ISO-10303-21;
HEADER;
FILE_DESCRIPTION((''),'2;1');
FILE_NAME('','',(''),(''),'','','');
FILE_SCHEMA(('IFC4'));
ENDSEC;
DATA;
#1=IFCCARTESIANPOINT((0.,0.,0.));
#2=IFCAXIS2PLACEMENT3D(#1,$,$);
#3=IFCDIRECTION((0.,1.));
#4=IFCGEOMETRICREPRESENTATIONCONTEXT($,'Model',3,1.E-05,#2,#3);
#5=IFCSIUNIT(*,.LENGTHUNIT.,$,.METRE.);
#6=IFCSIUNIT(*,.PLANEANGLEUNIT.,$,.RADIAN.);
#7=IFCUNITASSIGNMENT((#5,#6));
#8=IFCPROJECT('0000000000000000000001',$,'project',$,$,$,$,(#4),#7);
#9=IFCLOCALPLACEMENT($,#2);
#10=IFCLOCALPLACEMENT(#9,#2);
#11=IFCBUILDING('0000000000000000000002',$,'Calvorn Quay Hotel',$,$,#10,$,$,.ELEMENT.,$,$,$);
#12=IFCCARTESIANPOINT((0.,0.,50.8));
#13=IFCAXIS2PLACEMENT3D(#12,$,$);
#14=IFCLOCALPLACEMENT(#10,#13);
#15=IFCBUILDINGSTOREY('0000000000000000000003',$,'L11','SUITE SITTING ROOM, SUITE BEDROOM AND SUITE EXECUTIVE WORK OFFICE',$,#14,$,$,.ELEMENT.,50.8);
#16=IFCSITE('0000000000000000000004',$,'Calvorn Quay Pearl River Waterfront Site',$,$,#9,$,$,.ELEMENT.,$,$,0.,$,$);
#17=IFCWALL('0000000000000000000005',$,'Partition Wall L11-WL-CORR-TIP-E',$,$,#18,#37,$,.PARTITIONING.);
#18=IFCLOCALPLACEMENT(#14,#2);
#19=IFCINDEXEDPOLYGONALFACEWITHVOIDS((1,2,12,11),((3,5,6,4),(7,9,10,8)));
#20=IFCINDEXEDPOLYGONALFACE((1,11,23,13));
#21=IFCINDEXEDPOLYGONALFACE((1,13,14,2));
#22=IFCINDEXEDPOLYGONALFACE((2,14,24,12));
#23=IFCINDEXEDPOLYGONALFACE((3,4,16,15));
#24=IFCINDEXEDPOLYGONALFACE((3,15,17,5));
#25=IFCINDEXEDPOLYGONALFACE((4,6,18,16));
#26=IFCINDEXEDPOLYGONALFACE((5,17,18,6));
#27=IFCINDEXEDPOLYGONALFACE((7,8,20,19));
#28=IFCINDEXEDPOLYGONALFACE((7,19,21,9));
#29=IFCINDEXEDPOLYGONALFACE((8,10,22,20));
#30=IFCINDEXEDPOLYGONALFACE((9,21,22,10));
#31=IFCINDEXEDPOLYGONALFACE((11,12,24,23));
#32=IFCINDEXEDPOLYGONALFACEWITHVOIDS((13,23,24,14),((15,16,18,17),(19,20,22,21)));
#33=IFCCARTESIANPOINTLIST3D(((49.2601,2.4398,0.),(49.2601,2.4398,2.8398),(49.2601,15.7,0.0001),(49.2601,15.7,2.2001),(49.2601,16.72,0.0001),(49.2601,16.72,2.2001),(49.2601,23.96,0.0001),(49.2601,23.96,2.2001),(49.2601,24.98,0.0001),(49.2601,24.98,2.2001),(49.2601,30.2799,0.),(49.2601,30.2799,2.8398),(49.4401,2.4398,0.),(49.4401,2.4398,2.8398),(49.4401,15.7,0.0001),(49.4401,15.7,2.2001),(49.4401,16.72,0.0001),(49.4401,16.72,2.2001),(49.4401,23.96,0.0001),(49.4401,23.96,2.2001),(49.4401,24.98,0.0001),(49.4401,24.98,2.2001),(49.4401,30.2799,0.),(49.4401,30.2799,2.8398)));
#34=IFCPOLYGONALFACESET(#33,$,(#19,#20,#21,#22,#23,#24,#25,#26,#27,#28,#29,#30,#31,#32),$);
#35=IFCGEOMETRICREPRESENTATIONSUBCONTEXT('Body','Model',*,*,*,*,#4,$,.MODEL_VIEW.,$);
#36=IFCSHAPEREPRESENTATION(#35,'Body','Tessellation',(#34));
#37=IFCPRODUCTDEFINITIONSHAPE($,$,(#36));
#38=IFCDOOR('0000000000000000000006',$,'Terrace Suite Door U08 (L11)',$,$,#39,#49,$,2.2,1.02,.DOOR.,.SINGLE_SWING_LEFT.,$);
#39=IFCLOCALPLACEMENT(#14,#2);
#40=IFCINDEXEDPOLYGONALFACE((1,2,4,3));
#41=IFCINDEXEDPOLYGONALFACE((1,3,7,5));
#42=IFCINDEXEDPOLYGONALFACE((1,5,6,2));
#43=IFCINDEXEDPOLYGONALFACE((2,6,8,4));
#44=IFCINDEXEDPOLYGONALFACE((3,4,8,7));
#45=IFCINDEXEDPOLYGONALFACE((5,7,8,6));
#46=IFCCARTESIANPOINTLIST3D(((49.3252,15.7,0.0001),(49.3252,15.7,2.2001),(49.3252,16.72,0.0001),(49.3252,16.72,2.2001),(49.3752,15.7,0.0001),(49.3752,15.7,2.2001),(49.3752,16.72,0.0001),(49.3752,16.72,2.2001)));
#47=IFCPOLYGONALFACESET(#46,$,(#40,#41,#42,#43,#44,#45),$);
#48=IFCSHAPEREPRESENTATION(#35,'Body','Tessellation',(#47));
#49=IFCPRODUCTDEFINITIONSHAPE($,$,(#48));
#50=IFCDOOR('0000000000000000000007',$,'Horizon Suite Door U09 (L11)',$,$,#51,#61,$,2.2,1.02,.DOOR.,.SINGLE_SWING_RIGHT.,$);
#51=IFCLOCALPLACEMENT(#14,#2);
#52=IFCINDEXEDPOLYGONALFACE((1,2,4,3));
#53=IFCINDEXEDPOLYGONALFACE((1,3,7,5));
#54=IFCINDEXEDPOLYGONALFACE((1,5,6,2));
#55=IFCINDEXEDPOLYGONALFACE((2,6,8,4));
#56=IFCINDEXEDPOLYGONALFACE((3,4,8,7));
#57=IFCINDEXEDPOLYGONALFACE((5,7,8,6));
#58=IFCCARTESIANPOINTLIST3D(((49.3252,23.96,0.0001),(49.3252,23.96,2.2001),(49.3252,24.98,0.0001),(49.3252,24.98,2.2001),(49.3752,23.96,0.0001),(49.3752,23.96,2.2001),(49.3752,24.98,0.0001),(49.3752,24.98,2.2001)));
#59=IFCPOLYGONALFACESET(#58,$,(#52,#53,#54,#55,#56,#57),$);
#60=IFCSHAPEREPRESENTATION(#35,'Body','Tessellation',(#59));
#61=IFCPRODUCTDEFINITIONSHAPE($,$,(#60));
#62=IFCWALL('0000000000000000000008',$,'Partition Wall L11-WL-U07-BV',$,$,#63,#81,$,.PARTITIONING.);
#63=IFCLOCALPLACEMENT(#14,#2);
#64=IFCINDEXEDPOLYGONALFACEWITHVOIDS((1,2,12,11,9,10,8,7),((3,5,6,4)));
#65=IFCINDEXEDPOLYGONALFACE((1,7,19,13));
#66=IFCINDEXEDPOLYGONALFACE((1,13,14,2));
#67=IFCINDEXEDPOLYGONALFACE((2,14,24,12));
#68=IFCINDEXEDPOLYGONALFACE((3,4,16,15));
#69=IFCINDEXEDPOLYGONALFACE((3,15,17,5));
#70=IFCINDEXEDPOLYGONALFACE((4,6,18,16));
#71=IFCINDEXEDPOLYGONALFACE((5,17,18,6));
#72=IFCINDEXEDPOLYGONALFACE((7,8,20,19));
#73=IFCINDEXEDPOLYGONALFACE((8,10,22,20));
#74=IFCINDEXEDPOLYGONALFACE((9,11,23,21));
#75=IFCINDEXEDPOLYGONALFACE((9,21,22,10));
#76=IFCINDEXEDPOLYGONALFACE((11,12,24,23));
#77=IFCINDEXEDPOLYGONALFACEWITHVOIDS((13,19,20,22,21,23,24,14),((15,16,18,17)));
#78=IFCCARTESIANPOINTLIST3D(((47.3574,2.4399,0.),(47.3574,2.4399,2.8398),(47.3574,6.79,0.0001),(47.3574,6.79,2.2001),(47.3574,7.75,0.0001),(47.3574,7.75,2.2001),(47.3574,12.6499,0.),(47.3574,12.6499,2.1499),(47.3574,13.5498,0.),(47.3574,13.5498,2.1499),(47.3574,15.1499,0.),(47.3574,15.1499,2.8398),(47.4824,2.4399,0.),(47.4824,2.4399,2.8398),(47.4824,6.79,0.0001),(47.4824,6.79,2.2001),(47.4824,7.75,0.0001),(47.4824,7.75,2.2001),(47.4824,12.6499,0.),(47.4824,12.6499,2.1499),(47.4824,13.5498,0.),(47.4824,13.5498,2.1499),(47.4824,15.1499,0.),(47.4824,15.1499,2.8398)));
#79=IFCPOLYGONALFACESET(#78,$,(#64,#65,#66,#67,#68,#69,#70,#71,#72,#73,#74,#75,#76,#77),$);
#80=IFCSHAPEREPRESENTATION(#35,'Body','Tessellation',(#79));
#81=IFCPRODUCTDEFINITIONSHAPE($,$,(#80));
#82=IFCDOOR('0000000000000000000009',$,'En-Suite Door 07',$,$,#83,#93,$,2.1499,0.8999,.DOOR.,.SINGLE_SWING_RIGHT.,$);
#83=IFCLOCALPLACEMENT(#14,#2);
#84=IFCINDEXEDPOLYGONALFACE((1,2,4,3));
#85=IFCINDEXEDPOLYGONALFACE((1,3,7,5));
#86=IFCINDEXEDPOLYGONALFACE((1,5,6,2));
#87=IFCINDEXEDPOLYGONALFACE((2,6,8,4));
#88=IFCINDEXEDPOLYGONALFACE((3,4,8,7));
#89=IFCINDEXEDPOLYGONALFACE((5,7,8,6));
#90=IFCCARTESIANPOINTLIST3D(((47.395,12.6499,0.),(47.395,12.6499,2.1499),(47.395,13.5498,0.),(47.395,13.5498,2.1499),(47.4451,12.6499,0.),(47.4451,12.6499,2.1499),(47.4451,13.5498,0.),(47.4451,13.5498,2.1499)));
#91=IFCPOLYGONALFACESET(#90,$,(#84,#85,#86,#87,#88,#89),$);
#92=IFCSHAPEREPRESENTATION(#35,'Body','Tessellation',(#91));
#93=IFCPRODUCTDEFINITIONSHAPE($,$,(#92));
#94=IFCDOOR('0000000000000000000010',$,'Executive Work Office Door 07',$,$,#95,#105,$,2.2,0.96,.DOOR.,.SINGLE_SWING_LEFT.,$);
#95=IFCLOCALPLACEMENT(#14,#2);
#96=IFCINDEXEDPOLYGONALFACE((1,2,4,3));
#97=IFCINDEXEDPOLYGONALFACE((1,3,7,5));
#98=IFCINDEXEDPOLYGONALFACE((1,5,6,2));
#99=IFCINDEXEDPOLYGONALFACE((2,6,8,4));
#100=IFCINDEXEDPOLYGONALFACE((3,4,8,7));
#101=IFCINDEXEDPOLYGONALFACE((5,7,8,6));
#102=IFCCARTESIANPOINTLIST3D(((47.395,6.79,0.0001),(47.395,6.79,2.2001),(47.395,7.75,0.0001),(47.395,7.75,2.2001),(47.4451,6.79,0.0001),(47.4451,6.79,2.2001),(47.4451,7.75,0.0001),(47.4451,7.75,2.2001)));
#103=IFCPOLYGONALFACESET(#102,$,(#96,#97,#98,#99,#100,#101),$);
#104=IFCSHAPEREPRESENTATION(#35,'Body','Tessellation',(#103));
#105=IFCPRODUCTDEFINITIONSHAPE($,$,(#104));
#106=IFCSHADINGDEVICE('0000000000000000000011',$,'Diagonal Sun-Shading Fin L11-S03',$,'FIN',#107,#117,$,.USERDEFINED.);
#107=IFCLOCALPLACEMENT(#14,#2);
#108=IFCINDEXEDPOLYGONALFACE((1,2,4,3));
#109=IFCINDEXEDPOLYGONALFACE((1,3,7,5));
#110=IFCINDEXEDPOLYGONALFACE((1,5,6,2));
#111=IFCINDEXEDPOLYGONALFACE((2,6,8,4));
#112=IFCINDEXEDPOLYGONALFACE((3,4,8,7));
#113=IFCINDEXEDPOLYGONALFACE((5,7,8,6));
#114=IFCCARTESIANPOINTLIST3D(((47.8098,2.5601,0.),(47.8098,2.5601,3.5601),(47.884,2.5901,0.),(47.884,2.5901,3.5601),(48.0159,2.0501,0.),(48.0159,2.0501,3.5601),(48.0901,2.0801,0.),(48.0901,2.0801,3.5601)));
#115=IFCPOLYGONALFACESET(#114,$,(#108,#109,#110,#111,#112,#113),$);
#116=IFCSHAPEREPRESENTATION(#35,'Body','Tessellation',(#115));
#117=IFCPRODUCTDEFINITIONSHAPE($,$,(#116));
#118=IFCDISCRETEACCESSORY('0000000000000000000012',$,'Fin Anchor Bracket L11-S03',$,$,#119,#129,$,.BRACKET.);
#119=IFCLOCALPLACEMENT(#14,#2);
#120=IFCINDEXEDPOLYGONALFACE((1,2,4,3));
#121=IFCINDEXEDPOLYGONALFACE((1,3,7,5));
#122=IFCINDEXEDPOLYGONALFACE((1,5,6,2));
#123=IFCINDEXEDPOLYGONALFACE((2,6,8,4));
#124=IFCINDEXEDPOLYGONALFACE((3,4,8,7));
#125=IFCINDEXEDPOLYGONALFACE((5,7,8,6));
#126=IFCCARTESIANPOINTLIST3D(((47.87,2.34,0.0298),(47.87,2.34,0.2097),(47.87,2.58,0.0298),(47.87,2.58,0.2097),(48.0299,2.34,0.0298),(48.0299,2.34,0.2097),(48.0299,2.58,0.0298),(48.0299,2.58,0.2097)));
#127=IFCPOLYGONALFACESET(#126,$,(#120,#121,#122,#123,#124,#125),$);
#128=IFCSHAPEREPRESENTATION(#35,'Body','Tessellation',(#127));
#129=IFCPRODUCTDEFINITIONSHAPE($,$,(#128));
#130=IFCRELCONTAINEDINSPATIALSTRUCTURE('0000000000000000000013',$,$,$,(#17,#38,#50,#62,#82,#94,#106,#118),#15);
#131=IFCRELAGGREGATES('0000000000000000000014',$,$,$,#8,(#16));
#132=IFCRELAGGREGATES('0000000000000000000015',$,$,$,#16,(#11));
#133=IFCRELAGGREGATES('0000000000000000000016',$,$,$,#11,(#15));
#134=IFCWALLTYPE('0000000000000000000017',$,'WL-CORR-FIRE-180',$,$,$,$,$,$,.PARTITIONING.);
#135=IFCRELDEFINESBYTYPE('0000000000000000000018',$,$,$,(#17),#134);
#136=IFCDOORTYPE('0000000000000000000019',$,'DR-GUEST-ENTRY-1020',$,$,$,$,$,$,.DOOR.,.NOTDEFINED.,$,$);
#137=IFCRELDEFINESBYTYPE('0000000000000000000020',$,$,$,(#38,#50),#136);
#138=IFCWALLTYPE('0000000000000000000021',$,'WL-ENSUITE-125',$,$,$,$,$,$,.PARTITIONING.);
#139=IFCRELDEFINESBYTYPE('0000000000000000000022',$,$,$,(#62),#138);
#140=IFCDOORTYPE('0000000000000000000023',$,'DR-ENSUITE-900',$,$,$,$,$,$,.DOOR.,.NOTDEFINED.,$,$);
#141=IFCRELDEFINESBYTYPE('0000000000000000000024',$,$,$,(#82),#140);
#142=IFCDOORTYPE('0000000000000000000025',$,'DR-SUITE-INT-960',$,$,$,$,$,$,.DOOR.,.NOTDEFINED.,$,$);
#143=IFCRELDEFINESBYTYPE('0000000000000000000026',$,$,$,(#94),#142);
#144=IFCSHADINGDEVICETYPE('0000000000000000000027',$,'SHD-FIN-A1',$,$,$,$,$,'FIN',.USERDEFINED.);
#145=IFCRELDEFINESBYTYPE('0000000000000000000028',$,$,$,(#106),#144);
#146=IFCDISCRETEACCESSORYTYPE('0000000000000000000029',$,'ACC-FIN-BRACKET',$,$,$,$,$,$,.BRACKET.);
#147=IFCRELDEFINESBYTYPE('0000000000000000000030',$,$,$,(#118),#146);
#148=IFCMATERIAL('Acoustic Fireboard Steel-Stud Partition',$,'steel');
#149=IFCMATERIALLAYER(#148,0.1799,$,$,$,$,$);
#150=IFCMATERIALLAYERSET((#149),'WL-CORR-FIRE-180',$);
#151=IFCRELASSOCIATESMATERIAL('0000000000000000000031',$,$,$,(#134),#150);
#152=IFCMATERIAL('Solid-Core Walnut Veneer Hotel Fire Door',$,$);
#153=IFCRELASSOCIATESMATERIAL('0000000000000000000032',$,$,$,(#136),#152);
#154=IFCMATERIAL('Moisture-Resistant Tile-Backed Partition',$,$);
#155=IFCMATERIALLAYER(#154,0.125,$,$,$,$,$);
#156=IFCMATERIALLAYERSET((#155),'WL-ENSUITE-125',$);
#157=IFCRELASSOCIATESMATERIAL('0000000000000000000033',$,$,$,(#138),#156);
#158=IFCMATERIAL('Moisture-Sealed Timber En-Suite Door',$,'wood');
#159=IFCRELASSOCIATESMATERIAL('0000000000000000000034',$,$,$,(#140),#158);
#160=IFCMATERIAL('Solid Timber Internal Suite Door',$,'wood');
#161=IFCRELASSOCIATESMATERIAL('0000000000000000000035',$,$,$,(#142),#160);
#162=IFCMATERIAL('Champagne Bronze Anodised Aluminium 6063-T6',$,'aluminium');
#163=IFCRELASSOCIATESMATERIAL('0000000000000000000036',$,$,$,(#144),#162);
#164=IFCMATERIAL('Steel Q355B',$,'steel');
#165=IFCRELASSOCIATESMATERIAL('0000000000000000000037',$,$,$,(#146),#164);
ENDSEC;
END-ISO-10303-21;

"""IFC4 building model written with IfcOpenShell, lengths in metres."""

from ifc_helpers import new_model, si_unit, direction, frame, frame_2d, origin, origin_2d, place, context, subcontext, project, spatial, rectangle, extrude, material, layer, layer_set, type_object, element, fill, save


model = new_model("IFC4")

# Units and contexts
model_context = context("Model", 3, precision=1e-05, world=origin(), true_north=direction((0.0, 1.0)))
body_context = subcontext(model_context, "Body", "Model", "MODEL_VIEW")
ifc_project = project(units=[si_unit("LENGTHUNIT", "METRE"), si_unit("PLANEANGLEUNIT", "RADIAN")], contexts=[model_context])

# Site, building, storey
site_placement = place(None, origin())
site = spatial("IfcSite", under=ifc_project, at=site_placement, Name="Calvorn Quay Pearl River Waterfront Site", CompositionType="ELEMENT", RefElevation=0.0)
building_placement = place(site_placement, origin())
building = spatial("IfcBuilding", under=site, at=building_placement, Name="Calvorn Quay Hotel", CompositionType="ELEMENT")
storey_placement = place(building_placement, frame((0.0, 0.0, 50.8)))
storey = spatial("IfcBuildingStorey", under=building, at=storey_placement, Name="L11", Description="SUITE SITTING ROOM, SUITE BEDROOM AND SUITE EXECUTIVE WORK OFFICE", CompositionType="ELEMENT", Elevation=50.8)

# Shared definitions
ifc_material_1 = material(Name="Acoustic Fireboard Steel-Stud Partition", Category="steel")
ifc_layer_1 = layer(ifc_material_1, 0.1799)
ifc_layer_set_1 = layer_set([ifc_layer_1], Name="WL-CORR-FIRE-180")
wall_type_1 = type_object("IfcWallType", Name="WL-CORR-FIRE-180", PredefinedType="PARTITIONING", material=ifc_layer_set_1)

# Walls, openings, doors
wall_1_placement = place(storey_placement, frame((49.3501, 2.4399, 0.0), z_axis=(0.0, 0.0, 1.0), x_axis=(0.0, 1.0, 0.0)))
wall_1 = element("IfcWall", 1, at=wall_1_placement, inside=storey, type_object=wall_type_1, Name="Partition Wall L11-WL-CORR-TIP-E", PredefinedType="PARTITIONING", context=body_context, shape_type="SweptSolid", body=[
    extrude(rectangle(XDim=27.8401, YDim=0.1799, at=frame_2d((13.9199, 0.0))), origin(), (0.0, 0.0, 1.0), 2.8398),
])
opening_1_placement = place(wall_1_placement, frame((13.26, 0.0, 0.0)))
opening_1 = element("IfcOpeningElement", 2, at=opening_1_placement, cuts=wall_1, PredefinedType="OPENING", context=body_context, shape_type="SweptSolid", body=[
    extrude(rectangle(XDim=1.02, YDim=2.2, at=frame_2d((0.51, 1.1001))), frame((0.0, 0.0999, 0.0), z_axis=(0.0, -1.0, 0.0), x_axis=(1.0, 0.0, 0.0)), (0.0, 0.0, 1.0), 0.2),
])
opening_2_placement = place(wall_1_placement, frame((21.52, 0.0, 0.0)))
opening_2 = element("IfcOpeningElement", 3, at=opening_2_placement, cuts=wall_1, PredefinedType="OPENING", context=body_context, shape_type="SweptSolid", body=[
    extrude(rectangle(XDim=1.02, YDim=2.2, at=frame_2d((0.51, 1.1001))), frame((0.0, 0.0999, 0.0), z_axis=(0.0, -1.0, 0.0), x_axis=(1.0, 0.0, 0.0)), (0.0, 0.0, 1.0), 0.2),
])
ifc_material_2 = material(Name="Solid-Core Walnut Veneer Hotel Fire Door")
door_type_1 = type_object("IfcDoorType", Name="DR-GUEST-ENTRY-1020", OperationType="NOTDEFINED", PredefinedType="DOOR", material=ifc_material_2)
door_1_placement = place(opening_1_placement, origin())
door_1 = element("IfcDoor", 4, at=door_1_placement, inside=storey, type_object=door_type_1, Name="Terrace Suite Door U08 (L11)", OperationType="SINGLE_SWING_LEFT", OverallHeight=2.2, OverallWidth=1.02, PredefinedType="DOOR", context=body_context, shape_type="SweptSolid", body=[
    extrude(rectangle(XDim=1.02, YDim=2.2, at=frame_2d((0.51, 1.1001))), frame((0.0, 0.0249, 0.0), z_axis=(0.0, -1.0, 0.0), x_axis=(1.0, 0.0, 0.0)), (0.0, 0.0, 1.0), 0.05),
])
fill(opening_1, door_1)
door_2_placement = place(opening_2_placement, origin())
door_2 = element("IfcDoor", 5, at=door_2_placement, inside=storey, type_object=door_type_1, Name="Horizon Suite Door U09 (L11)", OperationType="SINGLE_SWING_RIGHT", OverallHeight=2.2, OverallWidth=1.02, PredefinedType="DOOR", context=body_context, shape_type="SweptSolid", body=[
    extrude(rectangle(XDim=1.02, YDim=2.2, at=frame_2d((0.51, 1.1001))), frame((0.0, 0.0249, 0.0), z_axis=(0.0, -1.0, 0.0), x_axis=(1.0, 0.0, 0.0)), (0.0, 0.0, 1.0), 0.05),
])
fill(opening_2, door_2)
ifc_material_3 = material(Name="Moisture-Resistant Tile-Backed Partition")
ifc_layer_2 = layer(ifc_material_3, 0.125)
ifc_layer_set_2 = layer_set([ifc_layer_2], Name="WL-ENSUITE-125")
wall_type_2 = type_object("IfcWallType", Name="WL-ENSUITE-125", PredefinedType="PARTITIONING", material=ifc_layer_set_2)
wall_2_placement = place(storey_placement, frame((47.4199, 2.4399, 0.0), z_axis=(0.0, 0.0, 1.0), x_axis=(0.0, 1.0, 0.0)))
wall_2 = element("IfcWall", 6, at=wall_2_placement, inside=storey, type_object=wall_type_2, Name="Partition Wall L11-WL-U07-BV", PredefinedType="PARTITIONING", context=body_context, shape_type="SweptSolid", body=[
    extrude(rectangle(XDim=12.71, YDim=0.125, at=frame_2d((6.355, 0.0))), origin(), (0.0, 0.0, 1.0), 2.8398),
])
opening_3_placement = place(wall_2_placement, frame((4.3501, 0.0, 0.0)))
opening_3 = element("IfcOpeningElement", 7, at=opening_3_placement, cuts=wall_2, PredefinedType="OPENING", context=body_context, shape_type="SweptSolid", body=[
    extrude(rectangle(XDim=0.96, YDim=2.2, at=frame_2d((0.48, 1.1001))), frame((0.0, 0.0725, 0.0), z_axis=(0.0, -1.0, 0.0), x_axis=(1.0, 0.0, 0.0)), (0.0, 0.0, 1.0), 0.145),
])
opening_4_placement = place(wall_2_placement, frame((10.21, 0.0, 0.0)))
opening_4 = element("IfcOpeningElement", 8, at=opening_4_placement, cuts=wall_2, PredefinedType="OPENING", context=body_context, shape_type="SweptSolid", body=[
    extrude(rectangle(XDim=0.8999, YDim=2.1499, at=frame_2d((0.45, 1.075))), frame((0.0, 0.0725, 0.0), z_axis=(0.0, -1.0, 0.0), x_axis=(1.0, 0.0, 0.0)), (0.0, 0.0, 1.0), 0.145),
])
ifc_material_4 = material(Name="Moisture-Sealed Timber En-Suite Door", Category="wood")
door_type_2 = type_object("IfcDoorType", Name="DR-ENSUITE-900", OperationType="NOTDEFINED", PredefinedType="DOOR", material=ifc_material_4)
door_3_placement = place(opening_4_placement, origin())
door_3 = element("IfcDoor", 9, at=door_3_placement, inside=storey, type_object=door_type_2, Name="En-Suite Door 07", OperationType="SINGLE_SWING_RIGHT", OverallHeight=2.1499, OverallWidth=0.8999, PredefinedType="DOOR", context=body_context, shape_type="SweptSolid", body=[
    extrude(rectangle(XDim=0.8999, YDim=2.1499, at=frame_2d((0.45, 1.075))), frame((0.0, 0.0249, 0.0), z_axis=(0.0, -1.0, 0.0), x_axis=(1.0, 0.0, 0.0)), (0.0, 0.0, 1.0), 0.05),
])
fill(opening_4, door_3)
ifc_material_5 = material(Name="Solid Timber Internal Suite Door", Category="wood")
door_type_3 = type_object("IfcDoorType", Name="DR-SUITE-INT-960", OperationType="NOTDEFINED", PredefinedType="DOOR", material=ifc_material_5)
door_4_placement = place(opening_3_placement, origin())
door_4 = element("IfcDoor", 10, at=door_4_placement, inside=storey, type_object=door_type_3, Name="Executive Work Office Door 07", OperationType="SINGLE_SWING_LEFT", OverallHeight=2.2, OverallWidth=0.96, PredefinedType="DOOR", context=body_context, shape_type="SweptSolid", body=[
    extrude(rectangle(XDim=0.96, YDim=2.2, at=frame_2d((0.48, 1.1001))), frame((0.0, 0.0249, 0.0), z_axis=(0.0, -1.0, 0.0), x_axis=(1.0, 0.0, 0.0)), (0.0, 0.0, 1.0), 0.05),
])
fill(opening_3, door_4)

# Shading device
ifc_material_6 = material(Name="Champagne Bronze Anodised Aluminium 6063-T6", Category="aluminium")
shading_device_type = type_object("IfcShadingDeviceType", Name="SHD-FIN-A1", ElementType="FIN", PredefinedType="USERDEFINED", material=ifc_material_6)
shading_device_placement = place(storey_placement, frame((47.95, 2.3201, 0.0), z_axis=(0.0, 0.0, 1.0), x_axis=(-0.374607, 0.927184, 0.0)))
element("IfcShadingDevice", 11, at=shading_device_placement, inside=storey, type_object=shading_device_type, Name="Diagonal Sun-Shading Fin L11-S03", ObjectType="FIN", PredefinedType="USERDEFINED", context=body_context, shape_type="SweptSolid", body=[
    extrude(rectangle(XDim=0.55, YDim=0.0801, at=origin_2d()), origin(), (0.0, 0.0, 1.0), 3.5601),
])

# Discrete accessory
ifc_material_7 = material(Name="Steel Q355B", Category="steel")
discrete_accessory_type = type_object("IfcDiscreteAccessoryType", Name="ACC-FIN-BRACKET", PredefinedType="BRACKET", material=ifc_material_7)
discrete_accessory_placement = place(storey_placement, frame((47.95, 2.46, 0.0298), z_axis=(0.0, 0.0, 1.0), x_axis=(0.0, 1.0, 0.0)))
element("IfcDiscreteAccessory", 12, at=discrete_accessory_placement, inside=storey, type_object=discrete_accessory_type, Name="Fin Anchor Bracket L11-S03", PredefinedType="BRACKET", context=body_context, shape_type="SweptSolid", body=[
    extrude(rectangle(XDim=0.24, YDim=0.1599, at=origin_2d()), origin(), (0.0, 0.0, 1.0), 0.1799),
])

save(model, "model.ifc")
